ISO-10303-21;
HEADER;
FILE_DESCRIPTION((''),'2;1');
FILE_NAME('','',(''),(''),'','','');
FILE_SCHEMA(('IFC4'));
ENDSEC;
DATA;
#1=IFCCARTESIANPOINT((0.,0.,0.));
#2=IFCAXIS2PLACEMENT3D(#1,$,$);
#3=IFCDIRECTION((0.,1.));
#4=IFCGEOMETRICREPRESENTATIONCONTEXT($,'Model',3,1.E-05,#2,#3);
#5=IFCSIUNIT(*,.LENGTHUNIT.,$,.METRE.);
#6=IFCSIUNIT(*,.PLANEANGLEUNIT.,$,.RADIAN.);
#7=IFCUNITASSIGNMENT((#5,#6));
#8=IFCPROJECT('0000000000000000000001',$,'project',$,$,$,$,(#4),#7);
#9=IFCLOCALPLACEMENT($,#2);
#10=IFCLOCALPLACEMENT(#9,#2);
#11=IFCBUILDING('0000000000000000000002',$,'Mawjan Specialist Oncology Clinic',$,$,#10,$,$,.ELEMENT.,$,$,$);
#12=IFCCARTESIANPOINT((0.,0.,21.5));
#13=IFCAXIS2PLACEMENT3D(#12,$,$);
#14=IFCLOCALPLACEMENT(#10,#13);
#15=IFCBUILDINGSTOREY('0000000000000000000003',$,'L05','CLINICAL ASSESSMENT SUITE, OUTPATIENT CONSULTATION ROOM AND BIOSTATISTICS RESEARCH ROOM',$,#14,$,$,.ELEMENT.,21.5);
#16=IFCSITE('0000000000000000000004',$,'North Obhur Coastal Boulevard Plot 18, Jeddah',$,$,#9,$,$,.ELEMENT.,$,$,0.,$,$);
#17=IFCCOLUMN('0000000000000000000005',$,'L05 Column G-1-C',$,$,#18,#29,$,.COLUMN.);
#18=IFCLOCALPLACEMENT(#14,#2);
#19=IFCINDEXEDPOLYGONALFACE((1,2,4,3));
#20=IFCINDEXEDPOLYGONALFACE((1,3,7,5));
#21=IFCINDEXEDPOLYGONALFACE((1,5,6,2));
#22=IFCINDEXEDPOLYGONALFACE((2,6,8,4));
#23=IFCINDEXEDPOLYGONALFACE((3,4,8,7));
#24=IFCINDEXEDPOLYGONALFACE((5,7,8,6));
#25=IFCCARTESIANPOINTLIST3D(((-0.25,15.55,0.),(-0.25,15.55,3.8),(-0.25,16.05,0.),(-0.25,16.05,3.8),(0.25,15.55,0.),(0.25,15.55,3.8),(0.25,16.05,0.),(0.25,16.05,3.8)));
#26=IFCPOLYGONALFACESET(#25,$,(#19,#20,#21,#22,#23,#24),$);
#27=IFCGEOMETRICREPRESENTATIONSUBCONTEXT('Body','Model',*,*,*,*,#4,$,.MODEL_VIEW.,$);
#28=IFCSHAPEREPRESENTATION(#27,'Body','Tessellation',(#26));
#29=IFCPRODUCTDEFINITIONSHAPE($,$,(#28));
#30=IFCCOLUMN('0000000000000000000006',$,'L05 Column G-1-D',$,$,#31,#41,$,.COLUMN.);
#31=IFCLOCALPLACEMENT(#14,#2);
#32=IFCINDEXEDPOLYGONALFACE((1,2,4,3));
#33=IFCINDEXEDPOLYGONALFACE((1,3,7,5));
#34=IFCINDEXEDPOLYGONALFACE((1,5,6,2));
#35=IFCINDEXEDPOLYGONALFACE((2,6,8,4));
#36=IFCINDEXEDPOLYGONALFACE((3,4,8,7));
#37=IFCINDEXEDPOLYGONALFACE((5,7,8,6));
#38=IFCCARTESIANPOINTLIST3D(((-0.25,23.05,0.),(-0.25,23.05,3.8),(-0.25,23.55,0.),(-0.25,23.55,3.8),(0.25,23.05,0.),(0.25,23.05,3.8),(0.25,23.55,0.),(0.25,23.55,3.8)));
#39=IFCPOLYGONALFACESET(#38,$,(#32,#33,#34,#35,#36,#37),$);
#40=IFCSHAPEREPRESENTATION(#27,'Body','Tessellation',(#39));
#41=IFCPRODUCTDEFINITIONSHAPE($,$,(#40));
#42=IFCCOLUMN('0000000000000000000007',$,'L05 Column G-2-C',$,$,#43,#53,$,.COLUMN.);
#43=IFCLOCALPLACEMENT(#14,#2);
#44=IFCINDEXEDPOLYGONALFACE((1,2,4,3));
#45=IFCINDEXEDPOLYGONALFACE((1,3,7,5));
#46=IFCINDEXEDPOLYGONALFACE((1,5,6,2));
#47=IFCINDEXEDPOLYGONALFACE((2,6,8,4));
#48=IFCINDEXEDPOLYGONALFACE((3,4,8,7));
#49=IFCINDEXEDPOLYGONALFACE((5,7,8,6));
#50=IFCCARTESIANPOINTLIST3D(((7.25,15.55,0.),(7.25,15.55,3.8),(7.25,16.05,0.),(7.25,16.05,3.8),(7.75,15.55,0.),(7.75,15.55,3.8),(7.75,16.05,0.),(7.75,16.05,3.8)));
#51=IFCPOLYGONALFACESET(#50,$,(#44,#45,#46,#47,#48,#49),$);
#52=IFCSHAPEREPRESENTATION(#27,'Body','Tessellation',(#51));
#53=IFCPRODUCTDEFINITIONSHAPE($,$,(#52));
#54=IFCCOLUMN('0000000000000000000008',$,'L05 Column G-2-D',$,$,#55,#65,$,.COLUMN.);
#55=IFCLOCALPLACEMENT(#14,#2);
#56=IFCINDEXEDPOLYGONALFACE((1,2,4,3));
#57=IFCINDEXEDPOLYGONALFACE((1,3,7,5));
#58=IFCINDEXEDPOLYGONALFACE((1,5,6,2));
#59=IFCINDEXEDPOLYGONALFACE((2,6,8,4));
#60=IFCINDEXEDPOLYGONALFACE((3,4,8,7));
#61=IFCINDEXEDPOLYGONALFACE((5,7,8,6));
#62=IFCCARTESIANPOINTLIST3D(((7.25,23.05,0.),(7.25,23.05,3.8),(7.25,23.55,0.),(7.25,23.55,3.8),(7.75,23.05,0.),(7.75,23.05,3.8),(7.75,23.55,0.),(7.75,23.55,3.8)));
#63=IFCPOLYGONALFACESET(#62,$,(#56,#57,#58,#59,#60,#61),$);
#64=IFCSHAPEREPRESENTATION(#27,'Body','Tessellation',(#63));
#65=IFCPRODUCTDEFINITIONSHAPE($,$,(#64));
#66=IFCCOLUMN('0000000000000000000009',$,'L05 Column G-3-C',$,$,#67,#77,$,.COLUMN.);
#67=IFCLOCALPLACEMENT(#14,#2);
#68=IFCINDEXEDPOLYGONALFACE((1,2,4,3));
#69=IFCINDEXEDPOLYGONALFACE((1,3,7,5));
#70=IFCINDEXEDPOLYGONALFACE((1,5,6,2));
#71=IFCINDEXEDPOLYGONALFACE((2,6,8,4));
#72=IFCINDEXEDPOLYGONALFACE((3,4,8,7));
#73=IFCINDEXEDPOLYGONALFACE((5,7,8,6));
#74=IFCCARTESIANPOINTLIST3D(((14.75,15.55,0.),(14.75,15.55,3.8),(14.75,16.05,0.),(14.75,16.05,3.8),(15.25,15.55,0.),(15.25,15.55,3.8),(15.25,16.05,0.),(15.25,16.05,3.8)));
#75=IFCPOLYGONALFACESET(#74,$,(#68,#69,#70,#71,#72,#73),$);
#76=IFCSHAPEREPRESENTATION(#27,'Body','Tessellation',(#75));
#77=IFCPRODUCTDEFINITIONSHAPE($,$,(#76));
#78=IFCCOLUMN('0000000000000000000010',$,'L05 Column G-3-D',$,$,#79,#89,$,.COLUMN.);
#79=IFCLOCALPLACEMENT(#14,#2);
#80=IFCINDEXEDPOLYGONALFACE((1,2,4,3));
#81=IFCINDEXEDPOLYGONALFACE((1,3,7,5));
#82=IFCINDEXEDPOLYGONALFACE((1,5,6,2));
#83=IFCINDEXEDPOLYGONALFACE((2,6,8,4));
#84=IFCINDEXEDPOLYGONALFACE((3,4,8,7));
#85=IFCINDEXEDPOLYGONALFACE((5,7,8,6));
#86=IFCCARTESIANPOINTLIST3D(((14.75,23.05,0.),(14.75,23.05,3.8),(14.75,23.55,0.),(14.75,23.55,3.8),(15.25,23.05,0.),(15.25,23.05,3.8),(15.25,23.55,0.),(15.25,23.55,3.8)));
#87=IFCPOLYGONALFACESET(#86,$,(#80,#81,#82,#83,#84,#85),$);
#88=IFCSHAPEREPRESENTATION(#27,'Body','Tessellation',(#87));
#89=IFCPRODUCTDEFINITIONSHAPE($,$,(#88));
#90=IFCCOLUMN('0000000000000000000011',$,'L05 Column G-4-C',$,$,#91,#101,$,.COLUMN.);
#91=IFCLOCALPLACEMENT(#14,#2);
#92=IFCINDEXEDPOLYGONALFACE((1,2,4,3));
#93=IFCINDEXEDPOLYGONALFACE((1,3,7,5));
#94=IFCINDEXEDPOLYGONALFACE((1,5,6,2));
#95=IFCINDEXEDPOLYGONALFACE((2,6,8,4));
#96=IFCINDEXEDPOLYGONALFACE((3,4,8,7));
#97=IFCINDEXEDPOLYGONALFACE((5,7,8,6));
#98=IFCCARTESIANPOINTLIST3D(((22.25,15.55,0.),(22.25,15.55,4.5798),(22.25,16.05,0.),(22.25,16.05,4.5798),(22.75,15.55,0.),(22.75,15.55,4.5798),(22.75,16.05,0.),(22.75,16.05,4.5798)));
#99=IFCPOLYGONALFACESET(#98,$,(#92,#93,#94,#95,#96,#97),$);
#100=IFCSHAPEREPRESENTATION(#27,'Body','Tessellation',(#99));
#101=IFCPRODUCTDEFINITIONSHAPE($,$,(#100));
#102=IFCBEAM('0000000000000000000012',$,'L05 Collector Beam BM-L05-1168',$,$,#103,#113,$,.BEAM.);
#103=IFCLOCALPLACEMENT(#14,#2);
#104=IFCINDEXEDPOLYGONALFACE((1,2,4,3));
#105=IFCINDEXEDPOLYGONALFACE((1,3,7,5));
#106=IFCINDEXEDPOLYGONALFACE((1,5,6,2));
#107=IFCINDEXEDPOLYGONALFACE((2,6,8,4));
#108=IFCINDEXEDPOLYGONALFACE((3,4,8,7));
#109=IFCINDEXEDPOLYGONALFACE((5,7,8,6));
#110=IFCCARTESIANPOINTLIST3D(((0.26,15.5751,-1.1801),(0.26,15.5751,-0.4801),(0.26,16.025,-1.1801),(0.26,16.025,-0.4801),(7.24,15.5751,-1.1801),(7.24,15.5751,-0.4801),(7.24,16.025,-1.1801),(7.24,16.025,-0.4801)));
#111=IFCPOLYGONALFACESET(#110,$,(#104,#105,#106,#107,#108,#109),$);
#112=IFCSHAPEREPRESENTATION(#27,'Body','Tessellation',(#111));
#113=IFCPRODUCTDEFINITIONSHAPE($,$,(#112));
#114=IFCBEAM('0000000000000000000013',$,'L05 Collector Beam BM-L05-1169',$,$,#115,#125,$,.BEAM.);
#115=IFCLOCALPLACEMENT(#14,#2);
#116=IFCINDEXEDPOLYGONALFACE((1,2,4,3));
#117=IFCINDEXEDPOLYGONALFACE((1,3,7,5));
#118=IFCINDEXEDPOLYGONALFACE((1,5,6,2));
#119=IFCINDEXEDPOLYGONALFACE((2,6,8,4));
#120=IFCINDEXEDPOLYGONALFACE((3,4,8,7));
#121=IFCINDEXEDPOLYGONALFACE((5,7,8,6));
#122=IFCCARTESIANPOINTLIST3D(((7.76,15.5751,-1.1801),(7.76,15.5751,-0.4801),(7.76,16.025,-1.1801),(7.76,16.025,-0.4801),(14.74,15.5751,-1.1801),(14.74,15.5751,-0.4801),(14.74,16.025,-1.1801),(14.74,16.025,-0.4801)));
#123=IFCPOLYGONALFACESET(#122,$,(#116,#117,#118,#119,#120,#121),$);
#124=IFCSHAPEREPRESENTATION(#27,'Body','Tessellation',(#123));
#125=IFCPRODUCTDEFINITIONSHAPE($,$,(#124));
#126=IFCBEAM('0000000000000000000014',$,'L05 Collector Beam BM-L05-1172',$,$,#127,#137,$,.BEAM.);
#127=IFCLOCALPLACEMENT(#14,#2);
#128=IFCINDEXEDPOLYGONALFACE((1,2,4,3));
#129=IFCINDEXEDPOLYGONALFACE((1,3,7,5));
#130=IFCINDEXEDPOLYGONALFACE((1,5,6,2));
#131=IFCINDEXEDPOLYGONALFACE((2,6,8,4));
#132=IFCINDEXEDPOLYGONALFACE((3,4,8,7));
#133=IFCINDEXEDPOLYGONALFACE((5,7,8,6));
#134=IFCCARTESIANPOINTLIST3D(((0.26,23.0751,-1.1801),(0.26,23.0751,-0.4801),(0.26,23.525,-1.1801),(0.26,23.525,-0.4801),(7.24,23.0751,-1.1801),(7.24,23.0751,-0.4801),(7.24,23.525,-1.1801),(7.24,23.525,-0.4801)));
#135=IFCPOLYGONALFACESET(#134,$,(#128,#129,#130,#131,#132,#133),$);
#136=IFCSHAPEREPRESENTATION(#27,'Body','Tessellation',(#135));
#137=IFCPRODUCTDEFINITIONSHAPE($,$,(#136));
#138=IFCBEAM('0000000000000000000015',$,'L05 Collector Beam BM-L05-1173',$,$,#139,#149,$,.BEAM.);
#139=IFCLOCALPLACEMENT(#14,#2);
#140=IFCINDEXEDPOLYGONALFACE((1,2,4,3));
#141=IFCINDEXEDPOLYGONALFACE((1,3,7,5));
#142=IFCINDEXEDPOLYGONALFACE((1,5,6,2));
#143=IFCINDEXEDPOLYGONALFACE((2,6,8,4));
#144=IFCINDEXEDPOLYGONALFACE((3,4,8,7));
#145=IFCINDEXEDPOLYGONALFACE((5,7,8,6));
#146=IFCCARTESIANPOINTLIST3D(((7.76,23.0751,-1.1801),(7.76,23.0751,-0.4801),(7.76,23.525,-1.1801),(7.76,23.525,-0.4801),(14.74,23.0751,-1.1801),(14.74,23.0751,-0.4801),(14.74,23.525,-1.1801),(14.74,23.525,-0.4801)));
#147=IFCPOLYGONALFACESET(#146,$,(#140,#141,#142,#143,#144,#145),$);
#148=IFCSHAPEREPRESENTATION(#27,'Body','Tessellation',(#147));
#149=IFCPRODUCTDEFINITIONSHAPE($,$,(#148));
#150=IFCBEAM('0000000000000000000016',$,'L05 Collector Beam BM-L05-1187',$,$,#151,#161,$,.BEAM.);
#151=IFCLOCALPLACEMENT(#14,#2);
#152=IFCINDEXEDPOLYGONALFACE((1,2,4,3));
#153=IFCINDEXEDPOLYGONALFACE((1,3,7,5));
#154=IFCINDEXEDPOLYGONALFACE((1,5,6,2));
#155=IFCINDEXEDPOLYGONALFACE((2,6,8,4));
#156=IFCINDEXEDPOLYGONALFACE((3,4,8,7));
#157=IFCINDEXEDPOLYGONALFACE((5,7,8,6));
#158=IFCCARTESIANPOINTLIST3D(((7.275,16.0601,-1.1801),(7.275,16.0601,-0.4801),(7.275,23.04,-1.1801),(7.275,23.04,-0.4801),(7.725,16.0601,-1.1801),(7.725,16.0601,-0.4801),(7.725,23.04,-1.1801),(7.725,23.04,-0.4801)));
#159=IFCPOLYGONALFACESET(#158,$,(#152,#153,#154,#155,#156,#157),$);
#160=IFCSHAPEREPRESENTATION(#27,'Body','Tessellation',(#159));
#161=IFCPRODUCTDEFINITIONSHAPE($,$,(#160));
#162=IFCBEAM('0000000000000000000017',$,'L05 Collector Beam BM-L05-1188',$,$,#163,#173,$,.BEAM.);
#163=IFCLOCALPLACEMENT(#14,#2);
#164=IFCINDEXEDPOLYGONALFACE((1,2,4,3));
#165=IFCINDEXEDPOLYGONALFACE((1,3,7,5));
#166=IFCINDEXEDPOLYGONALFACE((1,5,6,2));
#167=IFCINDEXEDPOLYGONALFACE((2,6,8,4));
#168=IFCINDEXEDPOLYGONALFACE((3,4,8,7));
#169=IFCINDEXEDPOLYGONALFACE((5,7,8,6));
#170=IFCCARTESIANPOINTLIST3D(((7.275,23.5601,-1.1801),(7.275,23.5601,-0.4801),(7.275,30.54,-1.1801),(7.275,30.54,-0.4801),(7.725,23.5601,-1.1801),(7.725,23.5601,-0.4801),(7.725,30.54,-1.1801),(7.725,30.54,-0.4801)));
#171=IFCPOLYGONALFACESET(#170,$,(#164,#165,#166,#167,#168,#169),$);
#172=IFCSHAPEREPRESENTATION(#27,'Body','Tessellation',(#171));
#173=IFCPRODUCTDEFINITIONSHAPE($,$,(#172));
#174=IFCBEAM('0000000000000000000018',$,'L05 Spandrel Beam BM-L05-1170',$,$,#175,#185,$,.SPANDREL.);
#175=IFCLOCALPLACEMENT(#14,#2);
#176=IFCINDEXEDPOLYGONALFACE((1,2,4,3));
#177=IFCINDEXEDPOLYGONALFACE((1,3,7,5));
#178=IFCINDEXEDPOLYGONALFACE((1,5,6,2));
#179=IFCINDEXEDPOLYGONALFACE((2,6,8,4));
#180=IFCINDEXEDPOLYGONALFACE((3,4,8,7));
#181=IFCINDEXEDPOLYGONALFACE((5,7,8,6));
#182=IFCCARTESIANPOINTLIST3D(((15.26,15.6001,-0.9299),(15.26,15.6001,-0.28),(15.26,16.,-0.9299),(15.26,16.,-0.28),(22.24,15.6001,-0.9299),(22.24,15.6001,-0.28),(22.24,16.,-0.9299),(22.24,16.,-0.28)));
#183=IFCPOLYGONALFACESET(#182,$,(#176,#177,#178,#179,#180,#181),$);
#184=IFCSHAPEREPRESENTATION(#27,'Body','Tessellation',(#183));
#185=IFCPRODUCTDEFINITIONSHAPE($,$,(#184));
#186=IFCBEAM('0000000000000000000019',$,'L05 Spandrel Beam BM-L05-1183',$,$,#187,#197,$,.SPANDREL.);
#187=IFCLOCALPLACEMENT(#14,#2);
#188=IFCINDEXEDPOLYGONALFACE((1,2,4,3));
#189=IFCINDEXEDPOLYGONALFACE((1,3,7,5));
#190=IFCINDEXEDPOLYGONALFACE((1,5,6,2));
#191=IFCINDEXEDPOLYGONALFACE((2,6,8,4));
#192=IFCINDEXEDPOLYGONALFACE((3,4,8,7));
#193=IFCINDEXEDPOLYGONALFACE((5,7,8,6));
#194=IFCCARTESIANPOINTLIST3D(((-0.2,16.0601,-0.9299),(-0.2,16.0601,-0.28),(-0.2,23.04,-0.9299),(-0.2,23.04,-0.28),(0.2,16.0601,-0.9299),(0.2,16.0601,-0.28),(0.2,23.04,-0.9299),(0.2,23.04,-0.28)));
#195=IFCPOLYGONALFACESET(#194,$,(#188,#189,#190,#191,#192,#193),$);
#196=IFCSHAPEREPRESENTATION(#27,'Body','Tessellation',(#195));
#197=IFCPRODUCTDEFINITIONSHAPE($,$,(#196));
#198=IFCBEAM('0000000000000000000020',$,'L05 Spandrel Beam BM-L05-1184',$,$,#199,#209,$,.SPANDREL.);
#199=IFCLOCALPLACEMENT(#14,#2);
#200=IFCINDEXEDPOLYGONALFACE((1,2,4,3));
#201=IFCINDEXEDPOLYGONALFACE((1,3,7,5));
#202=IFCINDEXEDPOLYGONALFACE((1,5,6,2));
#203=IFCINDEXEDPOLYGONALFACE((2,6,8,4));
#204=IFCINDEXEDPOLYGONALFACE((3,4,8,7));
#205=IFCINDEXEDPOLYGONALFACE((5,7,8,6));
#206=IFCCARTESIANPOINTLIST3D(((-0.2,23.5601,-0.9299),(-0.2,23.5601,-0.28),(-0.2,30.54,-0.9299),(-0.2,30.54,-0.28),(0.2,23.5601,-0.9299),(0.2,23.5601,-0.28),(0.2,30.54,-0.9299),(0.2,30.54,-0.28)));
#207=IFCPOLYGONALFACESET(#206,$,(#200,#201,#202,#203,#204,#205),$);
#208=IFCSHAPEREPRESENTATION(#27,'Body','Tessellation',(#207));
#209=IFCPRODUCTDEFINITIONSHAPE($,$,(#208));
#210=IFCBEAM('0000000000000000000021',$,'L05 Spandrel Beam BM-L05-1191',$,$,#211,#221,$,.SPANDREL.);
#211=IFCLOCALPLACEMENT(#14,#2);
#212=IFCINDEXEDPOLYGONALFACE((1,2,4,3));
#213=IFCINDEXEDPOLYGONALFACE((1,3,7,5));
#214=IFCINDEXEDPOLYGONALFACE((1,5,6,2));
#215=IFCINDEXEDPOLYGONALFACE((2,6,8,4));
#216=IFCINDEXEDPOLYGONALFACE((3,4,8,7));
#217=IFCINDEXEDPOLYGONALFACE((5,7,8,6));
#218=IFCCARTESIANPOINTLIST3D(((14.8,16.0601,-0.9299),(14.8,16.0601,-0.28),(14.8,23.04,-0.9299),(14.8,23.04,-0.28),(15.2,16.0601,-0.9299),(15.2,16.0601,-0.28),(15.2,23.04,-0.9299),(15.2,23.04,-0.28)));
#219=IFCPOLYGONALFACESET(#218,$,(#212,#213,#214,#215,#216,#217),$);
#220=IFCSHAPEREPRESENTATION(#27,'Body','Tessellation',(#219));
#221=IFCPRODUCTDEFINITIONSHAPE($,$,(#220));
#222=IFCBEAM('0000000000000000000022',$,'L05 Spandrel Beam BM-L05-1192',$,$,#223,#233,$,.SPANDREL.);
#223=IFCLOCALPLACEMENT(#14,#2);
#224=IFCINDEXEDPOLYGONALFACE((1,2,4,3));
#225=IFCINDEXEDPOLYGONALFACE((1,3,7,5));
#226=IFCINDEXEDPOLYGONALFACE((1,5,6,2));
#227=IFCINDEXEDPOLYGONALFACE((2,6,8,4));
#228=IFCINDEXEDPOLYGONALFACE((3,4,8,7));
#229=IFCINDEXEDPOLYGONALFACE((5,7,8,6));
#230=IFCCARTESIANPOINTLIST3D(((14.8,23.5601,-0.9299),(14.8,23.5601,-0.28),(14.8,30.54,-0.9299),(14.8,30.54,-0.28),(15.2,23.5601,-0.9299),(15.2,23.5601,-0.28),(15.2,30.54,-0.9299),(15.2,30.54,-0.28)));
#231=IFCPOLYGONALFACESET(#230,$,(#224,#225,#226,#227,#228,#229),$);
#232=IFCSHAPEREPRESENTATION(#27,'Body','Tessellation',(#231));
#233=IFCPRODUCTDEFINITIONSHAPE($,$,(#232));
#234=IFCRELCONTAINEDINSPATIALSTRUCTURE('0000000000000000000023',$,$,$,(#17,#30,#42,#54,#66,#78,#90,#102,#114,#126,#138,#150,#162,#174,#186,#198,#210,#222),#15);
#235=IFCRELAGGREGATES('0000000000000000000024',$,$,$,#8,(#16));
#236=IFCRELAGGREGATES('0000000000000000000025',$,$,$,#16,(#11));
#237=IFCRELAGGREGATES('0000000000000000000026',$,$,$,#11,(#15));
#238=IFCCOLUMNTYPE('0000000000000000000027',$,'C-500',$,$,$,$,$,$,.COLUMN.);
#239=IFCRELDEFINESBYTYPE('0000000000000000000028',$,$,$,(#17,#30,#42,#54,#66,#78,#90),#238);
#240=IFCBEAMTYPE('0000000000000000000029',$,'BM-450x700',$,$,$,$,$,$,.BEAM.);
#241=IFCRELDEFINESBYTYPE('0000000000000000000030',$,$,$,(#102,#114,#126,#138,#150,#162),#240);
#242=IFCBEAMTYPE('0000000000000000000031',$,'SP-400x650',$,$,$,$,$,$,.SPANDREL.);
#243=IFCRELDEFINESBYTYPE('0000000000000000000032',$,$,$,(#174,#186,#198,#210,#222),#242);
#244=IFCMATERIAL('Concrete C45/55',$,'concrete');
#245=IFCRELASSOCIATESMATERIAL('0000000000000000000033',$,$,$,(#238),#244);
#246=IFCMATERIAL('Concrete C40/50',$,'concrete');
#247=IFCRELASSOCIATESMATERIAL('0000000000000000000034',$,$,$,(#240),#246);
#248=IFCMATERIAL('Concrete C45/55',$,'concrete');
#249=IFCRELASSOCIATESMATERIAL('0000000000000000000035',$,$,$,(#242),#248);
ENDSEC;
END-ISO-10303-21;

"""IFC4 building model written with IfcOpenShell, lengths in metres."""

from ifc_helpers import new_model, si_unit, direction, frame, origin, origin_2d, place, context, subcontext, project, spatial, rectangle, extrude, material, material_profile, profile_set, type_object, element, save


model = new_model("IFC4")

# Units and contexts
model_context = context("Model", 3, precision=1e-05, world=origin(), true_north=direction((0.0, 1.0)))
body_context = subcontext(model_context, "Body", "Model", "MODEL_VIEW")
ifc_project = project(units=[si_unit("LENGTHUNIT", "METRE"), si_unit("PLANEANGLEUNIT", "RADIAN")], contexts=[model_context])

# Site, building, storey
site_placement = place(None, origin())
site = spatial("IfcSite", under=ifc_project, at=site_placement, Name="North Obhur Coastal Boulevard Plot 18, Jeddah", CompositionType="ELEMENT", RefElevation=0.0)
building_placement = place(site_placement, origin())
building = spatial("IfcBuilding", under=site, at=building_placement, Name="Mawjan Specialist Oncology Clinic", CompositionType="ELEMENT")
storey_placement = place(building_placement, frame((0.0, 0.0, 21.5)))
storey = spatial("IfcBuildingStorey", under=building, at=storey_placement, Name="L05", Description="CLINICAL ASSESSMENT SUITE, OUTPATIENT CONSULTATION ROOM AND BIOSTATISTICS RESEARCH ROOM", CompositionType="ELEMENT", Elevation=21.5)

# Columns
ifc_material_1 = material(Name="Concrete C45/55", Category="concrete")
ifc_material_profile_1 = material_profile(ifc_material_1, rectangle(XDim=0.5, YDim=0.5, at=origin_2d()), Name="RC COL 500x500", Category="concrete")
ifc_profile_set_1 = profile_set([ifc_material_profile_1], Name="Concrete C45/55")
column_type = type_object("IfcColumnType", Name="C-500", PredefinedType="COLUMN", material=ifc_profile_set_1)
for number, where, z_axis, x_axis, name in (
    (1, (0.0, 15.8, 0.0), (0.0, 0.0, 1.0), (1.0, 0.0, 0.0), "L05 Column G-1-C"),
    (2, (0.0, 23.3, 0.0), (0.0, 0.0, 1.0), (1.0, 0.0, 0.0), "L05 Column G-1-D"),
    (3, (7.5, 15.8, 0.0), (0.0, 0.0, 1.0), (1.0, 0.0, 0.0), "L05 Column G-2-C"),
    (4, (7.5, 23.3, 0.0), (0.0, 0.0, 1.0), (1.0, 0.0, 0.0), "L05 Column G-2-D"),
    (5, (15.0, 15.8, 0.0), (0.0, 0.0, 1.0), (1.0, 0.0, 0.0), "L05 Column G-3-C"),
    (6, (15.0, 23.3, 0.0), (0.0, 0.0, 1.0), (1.0, 0.0, 0.0), "L05 Column G-3-D"),
):
    element("IfcColumn", number, at=place(storey_placement, frame(where, z_axis=z_axis, x_axis=x_axis)), inside=storey, type_object=column_type, Name=name, PredefinedType="COLUMN", context=body_context, shape_type="SweptSolid", body=[
        extrude(rectangle(XDim=0.5, YDim=0.5, at=origin_2d()), origin(), (0.0, 0.0, 1.0), 3.8),
    ])
column_placement = place(storey_placement, frame((22.5, 15.8, 0.0), z_axis=(0.0, 0.0, 1.0), x_axis=(1.0, 0.0, 0.0)))
element("IfcColumn", 7, at=column_placement, inside=storey, type_object=column_type, Name="L05 Column G-4-C", PredefinedType="COLUMN", context=body_context, shape_type="SweptSolid", body=[
    extrude(rectangle(XDim=0.5, YDim=0.5, at=origin_2d()), origin(), (0.0, 0.0, 1.0), 4.5798),
])

# Beams
ifc_material_2 = material(Name="Concrete C40/50", Category="concrete")
ifc_material_profile_2 = material_profile(ifc_material_2, rectangle(XDim=0.45, YDim=0.7, at=origin_2d()), Name="RC BM 450x700", Category="concrete")
ifc_profile_set_2 = profile_set([ifc_material_profile_2], Name="Concrete C40/50")
beam_type_1 = type_object("IfcBeamType", Name="BM-450x700", PredefinedType="BEAM", material=ifc_profile_set_2)
for number, where, z_axis, x_axis, name in (
    (8, (0.26, 15.8, -0.8301), (1.0, 0.0, 0.0), (0.0, 1.0, 0.0), "L05 Collector Beam BM-L05-1168"),
    (9, (7.76, 15.8, -0.8301), (1.0, 0.0, 0.0), (0.0, 1.0, 0.0), "L05 Collector Beam BM-L05-1169"),
    (10, (0.26, 23.3, -0.8301), (1.0, 0.0, 0.0), (0.0, 1.0, 0.0), "L05 Collector Beam BM-L05-1172"),
    (11, (7.76, 23.3, -0.8301), (1.0, 0.0, 0.0), (0.0, 1.0, 0.0), "L05 Collector Beam BM-L05-1173"),
    (12, (7.5, 16.0601, -0.8301), (0.0, 1.0, 0.0), (-1.0, 0.0, 0.0), "L05 Collector Beam BM-L05-1187"),
    (13, (7.5, 23.5601, -0.8301), (0.0, 1.0, 0.0), (-1.0, 0.0, 0.0), "L05 Collector Beam BM-L05-1188"),
):
    element("IfcBeam", number, at=place(storey_placement, frame(where, z_axis=z_axis, x_axis=x_axis)), inside=storey, type_object=beam_type_1, Name=name, PredefinedType="BEAM", context=body_context, shape_type="SweptSolid", body=[
        extrude(rectangle(XDim=0.45, YDim=0.7, at=origin_2d()), origin(), (0.0, 0.0, 1.0), 6.98),
    ])
ifc_material_3 = material(Name="Concrete C45/55", Category="concrete")
ifc_material_profile_3 = material_profile(ifc_material_3, rectangle(XDim=0.3999, YDim=0.6499, at=origin_2d()), Name="RC BM 400x650", Category="concrete")
ifc_profile_set_3 = profile_set([ifc_material_profile_3], Name="Concrete C45/55")
beam_type_2 = type_object("IfcBeamType", Name="SP-400x650", PredefinedType="SPANDREL", material=ifc_profile_set_3)
for number, where, z_axis, x_axis, name in (
    (14, (15.26, 15.8, -0.605), (1.0, 0.0, 0.0), (0.0, 1.0, 0.0), "L05 Spandrel Beam BM-L05-1170"),
    (15, (0.0, 16.0601, -0.605), (0.0, 1.0, 0.0), (-1.0, 0.0, 0.0), "L05 Spandrel Beam BM-L05-1183"),
    (16, (0.0, 23.5601, -0.605), (0.0, 1.0, 0.0), (-1.0, 0.0, 0.0), "L05 Spandrel Beam BM-L05-1184"),
    (17, (15.0, 16.0601, -0.605), (0.0, 1.0, 0.0), (-1.0, 0.0, 0.0), "L05 Spandrel Beam BM-L05-1191"),
    (18, (15.0, 23.5601, -0.605), (0.0, 1.0, 0.0), (-1.0, 0.0, 0.0), "L05 Spandrel Beam BM-L05-1192"),
):
    element("IfcBeam", number, at=place(storey_placement, frame(where, z_axis=z_axis, x_axis=x_axis)), inside=storey, type_object=beam_type_2, Name=name, PredefinedType="SPANDREL", context=body_context, shape_type="SweptSolid", body=[
        extrude(rectangle(XDim=0.3999, YDim=0.6499, at=origin_2d()), origin(), (0.0, 0.0, 1.0), 6.98),
    ])

save(model, "model.ifc")
